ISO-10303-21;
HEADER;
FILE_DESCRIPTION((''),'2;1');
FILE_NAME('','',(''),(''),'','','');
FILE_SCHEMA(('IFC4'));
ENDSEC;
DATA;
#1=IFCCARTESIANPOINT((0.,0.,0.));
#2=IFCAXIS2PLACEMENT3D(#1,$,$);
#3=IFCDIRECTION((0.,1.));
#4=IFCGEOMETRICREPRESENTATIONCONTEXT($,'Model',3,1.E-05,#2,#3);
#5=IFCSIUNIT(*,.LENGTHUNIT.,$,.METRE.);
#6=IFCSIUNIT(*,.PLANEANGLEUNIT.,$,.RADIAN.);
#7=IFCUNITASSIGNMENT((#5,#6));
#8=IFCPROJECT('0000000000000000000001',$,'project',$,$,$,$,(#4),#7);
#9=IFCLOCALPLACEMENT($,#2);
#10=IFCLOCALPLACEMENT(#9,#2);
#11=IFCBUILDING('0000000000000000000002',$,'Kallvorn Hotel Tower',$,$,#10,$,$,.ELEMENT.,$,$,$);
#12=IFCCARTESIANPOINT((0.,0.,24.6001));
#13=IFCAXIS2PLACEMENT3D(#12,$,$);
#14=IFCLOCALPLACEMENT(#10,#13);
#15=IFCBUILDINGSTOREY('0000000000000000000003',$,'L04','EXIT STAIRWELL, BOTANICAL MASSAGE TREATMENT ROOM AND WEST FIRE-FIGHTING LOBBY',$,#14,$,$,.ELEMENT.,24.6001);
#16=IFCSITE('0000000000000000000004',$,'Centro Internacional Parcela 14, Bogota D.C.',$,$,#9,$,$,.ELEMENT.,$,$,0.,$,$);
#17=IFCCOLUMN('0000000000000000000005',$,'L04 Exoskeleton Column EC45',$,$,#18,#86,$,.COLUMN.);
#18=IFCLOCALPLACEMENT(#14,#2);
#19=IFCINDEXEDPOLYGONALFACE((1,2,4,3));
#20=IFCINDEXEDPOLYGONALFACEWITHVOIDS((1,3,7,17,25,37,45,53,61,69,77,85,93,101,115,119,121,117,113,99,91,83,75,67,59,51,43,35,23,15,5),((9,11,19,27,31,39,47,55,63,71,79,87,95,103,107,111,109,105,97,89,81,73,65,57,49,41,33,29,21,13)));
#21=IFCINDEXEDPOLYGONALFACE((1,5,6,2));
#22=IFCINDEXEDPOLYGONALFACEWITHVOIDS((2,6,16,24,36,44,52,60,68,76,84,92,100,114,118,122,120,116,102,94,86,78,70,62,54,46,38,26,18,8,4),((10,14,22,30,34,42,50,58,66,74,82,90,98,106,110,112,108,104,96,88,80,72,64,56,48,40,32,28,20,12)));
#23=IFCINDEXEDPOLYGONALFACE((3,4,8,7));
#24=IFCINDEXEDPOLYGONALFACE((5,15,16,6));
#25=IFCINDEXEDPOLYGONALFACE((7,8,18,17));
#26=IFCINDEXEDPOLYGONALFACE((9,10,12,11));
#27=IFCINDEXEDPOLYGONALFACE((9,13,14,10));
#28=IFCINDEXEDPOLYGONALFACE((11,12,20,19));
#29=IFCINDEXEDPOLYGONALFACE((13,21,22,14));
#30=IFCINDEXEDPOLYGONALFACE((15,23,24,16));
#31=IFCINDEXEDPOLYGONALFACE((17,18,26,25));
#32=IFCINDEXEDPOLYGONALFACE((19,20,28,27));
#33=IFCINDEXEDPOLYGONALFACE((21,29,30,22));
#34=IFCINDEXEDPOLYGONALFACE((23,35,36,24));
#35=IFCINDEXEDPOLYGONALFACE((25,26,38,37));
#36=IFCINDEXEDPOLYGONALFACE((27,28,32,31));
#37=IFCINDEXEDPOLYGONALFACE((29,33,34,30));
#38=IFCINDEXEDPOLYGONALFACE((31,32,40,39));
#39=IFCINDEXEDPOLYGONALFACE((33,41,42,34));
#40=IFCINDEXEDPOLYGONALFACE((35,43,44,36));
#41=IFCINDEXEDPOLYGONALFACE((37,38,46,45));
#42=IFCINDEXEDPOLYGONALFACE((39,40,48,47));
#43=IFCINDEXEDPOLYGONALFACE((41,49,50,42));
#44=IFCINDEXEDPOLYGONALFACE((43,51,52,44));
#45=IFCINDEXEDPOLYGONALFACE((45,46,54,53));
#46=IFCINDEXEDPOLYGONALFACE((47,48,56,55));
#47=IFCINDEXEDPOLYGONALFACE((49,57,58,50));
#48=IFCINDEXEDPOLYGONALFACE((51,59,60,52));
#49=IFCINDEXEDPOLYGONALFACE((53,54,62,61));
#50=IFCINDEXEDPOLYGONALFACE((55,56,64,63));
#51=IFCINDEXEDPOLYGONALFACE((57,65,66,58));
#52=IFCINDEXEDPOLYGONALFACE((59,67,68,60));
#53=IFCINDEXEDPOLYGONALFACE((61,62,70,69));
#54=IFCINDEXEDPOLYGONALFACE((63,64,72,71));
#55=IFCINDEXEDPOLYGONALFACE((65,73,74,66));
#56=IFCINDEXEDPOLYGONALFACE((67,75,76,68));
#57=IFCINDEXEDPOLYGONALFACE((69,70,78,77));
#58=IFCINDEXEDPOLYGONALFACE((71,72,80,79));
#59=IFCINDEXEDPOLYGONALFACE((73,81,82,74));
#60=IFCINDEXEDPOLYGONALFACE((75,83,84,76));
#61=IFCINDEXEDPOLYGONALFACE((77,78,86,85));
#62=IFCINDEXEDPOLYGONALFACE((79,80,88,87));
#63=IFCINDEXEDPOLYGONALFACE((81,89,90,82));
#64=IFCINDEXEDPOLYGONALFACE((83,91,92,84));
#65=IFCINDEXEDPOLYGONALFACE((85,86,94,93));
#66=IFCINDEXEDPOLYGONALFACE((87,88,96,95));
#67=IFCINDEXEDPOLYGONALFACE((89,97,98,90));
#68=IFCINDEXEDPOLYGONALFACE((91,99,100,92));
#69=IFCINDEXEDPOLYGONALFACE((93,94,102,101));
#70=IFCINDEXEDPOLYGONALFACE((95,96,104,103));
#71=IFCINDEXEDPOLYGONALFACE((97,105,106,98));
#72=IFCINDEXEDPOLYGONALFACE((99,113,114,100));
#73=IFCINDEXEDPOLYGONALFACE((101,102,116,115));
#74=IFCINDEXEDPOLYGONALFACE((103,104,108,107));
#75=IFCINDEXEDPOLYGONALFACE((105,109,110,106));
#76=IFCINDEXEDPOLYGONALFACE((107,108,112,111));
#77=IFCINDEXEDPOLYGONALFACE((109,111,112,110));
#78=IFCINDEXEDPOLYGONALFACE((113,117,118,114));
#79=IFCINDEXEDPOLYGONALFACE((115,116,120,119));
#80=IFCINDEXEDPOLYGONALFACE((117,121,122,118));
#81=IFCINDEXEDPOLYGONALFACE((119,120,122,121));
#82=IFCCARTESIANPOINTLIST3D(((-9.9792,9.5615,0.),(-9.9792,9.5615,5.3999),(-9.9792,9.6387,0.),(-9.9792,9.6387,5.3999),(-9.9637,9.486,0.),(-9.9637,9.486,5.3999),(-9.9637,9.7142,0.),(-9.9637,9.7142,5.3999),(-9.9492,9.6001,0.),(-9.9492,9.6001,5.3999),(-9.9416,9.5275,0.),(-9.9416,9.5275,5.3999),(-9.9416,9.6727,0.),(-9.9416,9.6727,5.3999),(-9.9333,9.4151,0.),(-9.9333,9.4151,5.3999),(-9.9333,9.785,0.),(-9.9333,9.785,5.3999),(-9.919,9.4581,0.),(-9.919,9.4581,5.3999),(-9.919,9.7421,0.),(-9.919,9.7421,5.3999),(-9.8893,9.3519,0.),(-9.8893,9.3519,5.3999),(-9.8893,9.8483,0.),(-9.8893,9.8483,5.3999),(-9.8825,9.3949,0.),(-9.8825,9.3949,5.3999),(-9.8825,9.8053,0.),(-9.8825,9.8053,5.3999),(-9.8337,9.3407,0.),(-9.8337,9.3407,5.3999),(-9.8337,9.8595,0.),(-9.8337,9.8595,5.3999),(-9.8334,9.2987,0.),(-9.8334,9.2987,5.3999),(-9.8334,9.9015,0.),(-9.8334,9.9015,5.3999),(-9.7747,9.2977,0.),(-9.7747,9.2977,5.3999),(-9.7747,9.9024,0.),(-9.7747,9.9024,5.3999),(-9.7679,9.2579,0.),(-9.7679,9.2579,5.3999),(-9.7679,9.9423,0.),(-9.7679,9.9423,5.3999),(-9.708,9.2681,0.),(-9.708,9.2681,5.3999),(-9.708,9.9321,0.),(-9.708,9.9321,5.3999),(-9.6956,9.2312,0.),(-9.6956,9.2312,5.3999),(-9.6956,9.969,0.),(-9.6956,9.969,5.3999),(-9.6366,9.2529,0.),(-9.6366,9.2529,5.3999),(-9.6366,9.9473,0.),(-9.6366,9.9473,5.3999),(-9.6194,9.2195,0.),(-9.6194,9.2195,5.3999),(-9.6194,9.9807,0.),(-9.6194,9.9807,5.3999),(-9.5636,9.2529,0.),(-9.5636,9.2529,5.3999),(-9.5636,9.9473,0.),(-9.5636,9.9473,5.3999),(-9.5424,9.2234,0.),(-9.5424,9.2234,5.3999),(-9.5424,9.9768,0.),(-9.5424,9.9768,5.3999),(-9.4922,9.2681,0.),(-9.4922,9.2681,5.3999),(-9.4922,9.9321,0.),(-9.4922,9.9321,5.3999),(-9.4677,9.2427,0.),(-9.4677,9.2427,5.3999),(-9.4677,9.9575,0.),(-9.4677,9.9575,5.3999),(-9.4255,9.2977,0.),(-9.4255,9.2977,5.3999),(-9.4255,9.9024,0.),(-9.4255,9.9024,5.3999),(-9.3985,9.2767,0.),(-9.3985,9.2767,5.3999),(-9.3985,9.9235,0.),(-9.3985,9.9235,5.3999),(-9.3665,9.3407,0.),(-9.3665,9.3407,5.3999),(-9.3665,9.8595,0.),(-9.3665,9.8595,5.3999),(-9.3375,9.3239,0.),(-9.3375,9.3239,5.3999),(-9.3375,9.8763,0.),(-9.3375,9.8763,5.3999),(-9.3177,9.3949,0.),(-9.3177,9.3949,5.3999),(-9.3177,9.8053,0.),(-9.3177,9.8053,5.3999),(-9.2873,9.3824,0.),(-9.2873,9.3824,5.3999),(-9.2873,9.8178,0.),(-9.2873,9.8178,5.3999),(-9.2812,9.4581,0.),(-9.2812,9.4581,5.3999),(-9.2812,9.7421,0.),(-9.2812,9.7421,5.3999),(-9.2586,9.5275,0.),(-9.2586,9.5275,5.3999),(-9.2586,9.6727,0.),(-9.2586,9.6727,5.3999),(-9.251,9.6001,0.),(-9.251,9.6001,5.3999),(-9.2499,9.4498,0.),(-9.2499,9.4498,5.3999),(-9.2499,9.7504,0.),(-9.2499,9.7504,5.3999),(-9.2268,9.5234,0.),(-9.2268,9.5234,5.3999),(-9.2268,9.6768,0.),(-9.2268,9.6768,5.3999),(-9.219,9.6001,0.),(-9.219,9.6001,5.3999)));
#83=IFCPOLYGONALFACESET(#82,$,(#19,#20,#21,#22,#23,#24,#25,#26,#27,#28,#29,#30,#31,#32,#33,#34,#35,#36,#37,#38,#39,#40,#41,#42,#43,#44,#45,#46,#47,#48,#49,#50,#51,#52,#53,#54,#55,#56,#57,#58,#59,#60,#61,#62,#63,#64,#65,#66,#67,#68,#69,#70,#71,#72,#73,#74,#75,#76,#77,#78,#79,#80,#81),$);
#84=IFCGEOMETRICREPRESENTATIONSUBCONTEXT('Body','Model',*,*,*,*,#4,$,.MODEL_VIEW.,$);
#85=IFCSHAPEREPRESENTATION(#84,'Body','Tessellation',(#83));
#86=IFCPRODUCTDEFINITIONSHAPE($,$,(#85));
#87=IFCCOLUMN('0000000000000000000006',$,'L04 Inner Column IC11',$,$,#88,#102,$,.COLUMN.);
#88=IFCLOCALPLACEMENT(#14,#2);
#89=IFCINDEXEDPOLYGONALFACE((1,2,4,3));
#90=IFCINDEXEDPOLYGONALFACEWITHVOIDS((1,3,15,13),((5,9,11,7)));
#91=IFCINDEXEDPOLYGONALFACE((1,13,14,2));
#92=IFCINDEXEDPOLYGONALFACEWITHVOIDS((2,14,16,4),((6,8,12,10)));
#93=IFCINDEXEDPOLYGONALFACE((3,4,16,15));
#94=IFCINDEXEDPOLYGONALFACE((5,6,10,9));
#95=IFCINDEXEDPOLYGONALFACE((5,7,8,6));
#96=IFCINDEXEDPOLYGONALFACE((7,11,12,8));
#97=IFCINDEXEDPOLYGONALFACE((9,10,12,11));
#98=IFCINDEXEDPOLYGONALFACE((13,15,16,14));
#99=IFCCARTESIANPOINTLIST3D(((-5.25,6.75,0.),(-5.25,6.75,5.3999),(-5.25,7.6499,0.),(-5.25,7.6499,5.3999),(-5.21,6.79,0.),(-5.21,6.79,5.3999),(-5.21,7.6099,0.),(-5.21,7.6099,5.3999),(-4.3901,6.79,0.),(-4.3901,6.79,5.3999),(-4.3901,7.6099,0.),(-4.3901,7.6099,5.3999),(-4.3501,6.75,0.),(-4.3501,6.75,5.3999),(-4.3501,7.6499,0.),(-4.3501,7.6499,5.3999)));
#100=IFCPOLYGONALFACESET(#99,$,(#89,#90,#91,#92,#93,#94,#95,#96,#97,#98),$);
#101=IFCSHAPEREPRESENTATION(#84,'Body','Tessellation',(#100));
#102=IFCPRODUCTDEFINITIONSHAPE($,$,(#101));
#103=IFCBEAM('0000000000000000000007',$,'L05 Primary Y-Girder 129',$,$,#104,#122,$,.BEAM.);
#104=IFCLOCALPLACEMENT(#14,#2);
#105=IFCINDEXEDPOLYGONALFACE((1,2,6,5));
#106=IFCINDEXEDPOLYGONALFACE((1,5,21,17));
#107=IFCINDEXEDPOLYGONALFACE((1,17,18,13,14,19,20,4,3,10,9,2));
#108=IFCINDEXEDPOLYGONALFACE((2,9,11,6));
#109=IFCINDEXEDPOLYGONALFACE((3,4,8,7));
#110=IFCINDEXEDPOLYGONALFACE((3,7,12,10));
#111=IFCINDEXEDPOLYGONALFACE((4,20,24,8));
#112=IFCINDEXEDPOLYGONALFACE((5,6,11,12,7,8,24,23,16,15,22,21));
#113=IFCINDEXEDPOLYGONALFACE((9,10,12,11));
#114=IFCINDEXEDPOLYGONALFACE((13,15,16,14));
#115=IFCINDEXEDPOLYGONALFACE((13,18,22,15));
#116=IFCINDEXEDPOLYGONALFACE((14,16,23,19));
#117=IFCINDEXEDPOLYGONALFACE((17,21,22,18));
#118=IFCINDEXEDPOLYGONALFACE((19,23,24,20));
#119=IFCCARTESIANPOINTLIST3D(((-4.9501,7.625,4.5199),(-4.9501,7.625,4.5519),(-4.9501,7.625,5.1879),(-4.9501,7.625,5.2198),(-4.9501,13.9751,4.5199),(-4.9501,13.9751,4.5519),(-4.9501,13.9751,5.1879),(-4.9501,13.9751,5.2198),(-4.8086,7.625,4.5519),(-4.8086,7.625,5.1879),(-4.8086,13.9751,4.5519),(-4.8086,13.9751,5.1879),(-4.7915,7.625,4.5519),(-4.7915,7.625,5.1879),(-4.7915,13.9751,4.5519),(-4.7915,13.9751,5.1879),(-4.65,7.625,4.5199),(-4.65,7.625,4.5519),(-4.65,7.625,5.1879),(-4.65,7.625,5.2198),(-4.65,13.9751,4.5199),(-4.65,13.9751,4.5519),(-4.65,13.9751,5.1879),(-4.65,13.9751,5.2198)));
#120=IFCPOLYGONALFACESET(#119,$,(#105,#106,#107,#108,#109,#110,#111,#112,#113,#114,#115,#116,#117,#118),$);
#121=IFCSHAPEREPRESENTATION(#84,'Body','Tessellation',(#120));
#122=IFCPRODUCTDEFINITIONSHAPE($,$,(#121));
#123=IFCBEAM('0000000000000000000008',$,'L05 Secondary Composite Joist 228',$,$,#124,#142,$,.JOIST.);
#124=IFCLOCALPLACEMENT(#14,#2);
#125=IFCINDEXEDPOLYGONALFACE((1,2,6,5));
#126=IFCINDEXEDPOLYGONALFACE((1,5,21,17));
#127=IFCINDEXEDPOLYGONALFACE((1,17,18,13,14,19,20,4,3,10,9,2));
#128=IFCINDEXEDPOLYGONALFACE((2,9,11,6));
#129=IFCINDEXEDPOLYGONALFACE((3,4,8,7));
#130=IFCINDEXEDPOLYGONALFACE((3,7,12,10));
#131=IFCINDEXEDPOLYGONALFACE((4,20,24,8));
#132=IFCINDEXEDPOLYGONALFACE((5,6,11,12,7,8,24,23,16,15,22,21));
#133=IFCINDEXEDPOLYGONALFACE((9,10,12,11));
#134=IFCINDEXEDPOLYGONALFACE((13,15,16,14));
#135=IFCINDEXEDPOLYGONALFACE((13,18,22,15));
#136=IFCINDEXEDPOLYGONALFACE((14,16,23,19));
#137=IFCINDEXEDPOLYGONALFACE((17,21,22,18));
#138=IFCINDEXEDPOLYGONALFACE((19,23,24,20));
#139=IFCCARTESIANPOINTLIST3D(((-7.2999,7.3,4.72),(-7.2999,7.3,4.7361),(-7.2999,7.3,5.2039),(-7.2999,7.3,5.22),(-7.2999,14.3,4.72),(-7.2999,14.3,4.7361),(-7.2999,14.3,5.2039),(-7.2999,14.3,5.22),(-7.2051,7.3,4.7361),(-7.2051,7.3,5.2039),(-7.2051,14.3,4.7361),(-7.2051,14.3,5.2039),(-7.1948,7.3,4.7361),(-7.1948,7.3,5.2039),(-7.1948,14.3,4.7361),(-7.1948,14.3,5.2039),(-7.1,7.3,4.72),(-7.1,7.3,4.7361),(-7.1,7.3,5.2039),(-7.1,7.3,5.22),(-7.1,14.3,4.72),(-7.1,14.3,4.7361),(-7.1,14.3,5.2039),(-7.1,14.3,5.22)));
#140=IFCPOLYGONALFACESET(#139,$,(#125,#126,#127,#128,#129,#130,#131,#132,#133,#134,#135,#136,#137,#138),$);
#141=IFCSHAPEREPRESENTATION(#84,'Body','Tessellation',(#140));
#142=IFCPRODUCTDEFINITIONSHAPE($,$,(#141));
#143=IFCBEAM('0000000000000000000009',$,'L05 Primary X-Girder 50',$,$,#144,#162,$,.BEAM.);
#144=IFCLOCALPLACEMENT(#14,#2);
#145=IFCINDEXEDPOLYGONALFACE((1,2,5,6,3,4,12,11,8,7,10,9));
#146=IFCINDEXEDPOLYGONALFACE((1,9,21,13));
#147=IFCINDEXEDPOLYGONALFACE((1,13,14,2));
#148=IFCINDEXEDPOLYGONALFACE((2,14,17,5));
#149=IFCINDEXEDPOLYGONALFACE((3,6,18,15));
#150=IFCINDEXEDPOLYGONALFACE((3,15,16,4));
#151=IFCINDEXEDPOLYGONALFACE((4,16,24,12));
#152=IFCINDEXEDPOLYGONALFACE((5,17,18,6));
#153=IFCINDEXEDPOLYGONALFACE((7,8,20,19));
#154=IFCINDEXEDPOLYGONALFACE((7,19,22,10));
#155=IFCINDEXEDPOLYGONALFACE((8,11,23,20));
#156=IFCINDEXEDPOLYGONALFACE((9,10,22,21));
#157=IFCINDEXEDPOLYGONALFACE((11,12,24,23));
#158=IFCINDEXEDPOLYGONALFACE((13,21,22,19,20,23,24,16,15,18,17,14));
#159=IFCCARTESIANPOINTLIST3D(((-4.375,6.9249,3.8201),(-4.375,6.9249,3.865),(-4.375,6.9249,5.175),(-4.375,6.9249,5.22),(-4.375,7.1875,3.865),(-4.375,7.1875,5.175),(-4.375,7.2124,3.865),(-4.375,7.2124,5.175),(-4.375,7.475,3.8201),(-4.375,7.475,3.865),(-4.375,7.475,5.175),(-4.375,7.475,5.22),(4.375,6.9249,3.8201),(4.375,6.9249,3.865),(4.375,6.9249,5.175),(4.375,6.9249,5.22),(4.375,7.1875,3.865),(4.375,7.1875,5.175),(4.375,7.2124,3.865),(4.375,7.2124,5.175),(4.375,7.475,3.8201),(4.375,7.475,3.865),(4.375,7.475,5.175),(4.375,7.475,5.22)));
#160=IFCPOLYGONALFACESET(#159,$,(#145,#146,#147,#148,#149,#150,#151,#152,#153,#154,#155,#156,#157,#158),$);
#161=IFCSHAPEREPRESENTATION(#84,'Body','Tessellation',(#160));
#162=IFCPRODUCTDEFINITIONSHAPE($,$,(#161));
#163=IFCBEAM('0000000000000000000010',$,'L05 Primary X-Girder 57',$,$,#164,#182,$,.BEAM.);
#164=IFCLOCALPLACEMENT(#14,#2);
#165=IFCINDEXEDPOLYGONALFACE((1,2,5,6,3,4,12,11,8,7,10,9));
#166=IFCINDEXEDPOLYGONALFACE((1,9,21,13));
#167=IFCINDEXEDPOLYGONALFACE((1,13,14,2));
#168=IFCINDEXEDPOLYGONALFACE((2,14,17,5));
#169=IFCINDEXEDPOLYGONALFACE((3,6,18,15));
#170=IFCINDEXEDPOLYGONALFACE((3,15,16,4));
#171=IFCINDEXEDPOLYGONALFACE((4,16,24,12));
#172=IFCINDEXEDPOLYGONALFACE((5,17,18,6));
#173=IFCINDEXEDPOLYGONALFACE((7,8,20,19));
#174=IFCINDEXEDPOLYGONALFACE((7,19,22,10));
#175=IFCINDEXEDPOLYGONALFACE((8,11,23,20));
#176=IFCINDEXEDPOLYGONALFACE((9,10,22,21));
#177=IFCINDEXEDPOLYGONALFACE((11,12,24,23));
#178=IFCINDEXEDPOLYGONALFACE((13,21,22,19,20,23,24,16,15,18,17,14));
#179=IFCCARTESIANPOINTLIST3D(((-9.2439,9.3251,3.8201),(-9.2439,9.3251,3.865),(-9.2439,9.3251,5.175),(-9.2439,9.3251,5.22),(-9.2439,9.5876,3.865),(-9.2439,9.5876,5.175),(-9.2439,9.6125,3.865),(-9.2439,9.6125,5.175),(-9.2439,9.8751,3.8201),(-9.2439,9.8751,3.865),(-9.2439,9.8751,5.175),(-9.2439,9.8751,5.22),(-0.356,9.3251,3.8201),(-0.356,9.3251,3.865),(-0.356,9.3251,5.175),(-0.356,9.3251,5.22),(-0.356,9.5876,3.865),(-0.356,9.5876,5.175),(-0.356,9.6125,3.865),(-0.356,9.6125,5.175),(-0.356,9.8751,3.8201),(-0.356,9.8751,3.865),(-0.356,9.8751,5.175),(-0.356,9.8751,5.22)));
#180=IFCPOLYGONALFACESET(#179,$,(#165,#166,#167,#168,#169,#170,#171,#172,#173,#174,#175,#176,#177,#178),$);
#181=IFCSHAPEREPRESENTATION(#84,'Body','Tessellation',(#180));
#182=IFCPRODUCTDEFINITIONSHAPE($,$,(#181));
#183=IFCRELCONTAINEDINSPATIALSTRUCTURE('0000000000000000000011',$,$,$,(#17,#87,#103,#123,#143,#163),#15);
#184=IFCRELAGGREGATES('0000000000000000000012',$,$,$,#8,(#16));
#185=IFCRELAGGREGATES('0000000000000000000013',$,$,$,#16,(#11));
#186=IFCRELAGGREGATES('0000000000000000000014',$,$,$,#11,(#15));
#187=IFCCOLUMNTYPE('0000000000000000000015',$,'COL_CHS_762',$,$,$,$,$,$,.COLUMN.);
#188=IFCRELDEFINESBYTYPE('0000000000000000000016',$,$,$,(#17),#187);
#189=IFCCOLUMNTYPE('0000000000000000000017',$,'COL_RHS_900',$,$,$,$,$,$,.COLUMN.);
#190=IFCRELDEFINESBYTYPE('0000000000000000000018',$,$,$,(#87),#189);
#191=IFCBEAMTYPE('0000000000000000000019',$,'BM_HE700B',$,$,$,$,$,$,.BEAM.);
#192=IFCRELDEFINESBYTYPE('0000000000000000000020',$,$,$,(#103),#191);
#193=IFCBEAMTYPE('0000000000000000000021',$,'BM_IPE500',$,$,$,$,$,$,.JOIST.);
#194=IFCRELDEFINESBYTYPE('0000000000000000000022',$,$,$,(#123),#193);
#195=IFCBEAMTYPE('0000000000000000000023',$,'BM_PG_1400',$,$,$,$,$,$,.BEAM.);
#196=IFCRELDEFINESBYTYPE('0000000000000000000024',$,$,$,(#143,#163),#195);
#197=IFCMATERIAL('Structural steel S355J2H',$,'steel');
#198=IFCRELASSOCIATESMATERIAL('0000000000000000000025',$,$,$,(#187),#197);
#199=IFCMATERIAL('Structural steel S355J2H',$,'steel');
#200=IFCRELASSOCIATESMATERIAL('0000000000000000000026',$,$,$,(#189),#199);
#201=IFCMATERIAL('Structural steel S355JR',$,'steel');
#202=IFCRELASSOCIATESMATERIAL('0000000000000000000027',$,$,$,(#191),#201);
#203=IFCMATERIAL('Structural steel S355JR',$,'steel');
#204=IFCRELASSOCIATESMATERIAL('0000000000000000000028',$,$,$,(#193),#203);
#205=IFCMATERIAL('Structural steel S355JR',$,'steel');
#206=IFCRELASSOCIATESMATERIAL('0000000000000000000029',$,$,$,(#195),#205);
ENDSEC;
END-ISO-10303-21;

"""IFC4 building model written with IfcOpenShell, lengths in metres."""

from ifc_helpers import new_model, si_unit, direction, frame, origin, origin_2d, place, context, subcontext, project, spatial, hollow_rectangle, hollow_circle, i_section, extrude, material, material_profile, profile_set, type_object, element, save


model = new_model("IFC4")

# Units and contexts
model_context = context("Model", 3, precision=1e-05, world=origin(), true_north=direction((0.0, 1.0)))
body_context = subcontext(model_context, "Body", "Model", "MODEL_VIEW")
ifc_project = project(units=[si_unit("LENGTHUNIT", "METRE"), si_unit("PLANEANGLEUNIT", "RADIAN")], contexts=[model_context])

# Site, building, storey
site_placement = place(None, origin())
site = spatial("IfcSite", under=ifc_project, at=site_placement, Name="Centro Internacional Parcela 14, Bogota D.C.", CompositionType="ELEMENT", RefElevation=0.0)
building_placement = place(site_placement, origin())
building = spatial("IfcBuilding", under=site, at=building_placement, Name="Kallvorn Hotel Tower", CompositionType="ELEMENT")
storey_placement = place(building_placement, frame((0.0, 0.0, 24.6001)))
storey = spatial("IfcBuildingStorey", under=building, at=storey_placement, Name="L04", Description="EXIT STAIRWELL, BOTANICAL MASSAGE TREATMENT ROOM AND WEST FIRE-FIGHTING LOBBY", CompositionType="ELEMENT", Elevation=24.6001)

# Columns
ifc_material_1 = material(Name="Structural steel S355J2H", Category="steel")
ifc_material_profile_1 = material_profile(ifc_material_1, hollow_circle(Radius=0.3811, WallThickness=0.032, at=origin_2d()), Name="CHS 762x32")
ifc_profile_set_1 = profile_set([ifc_material_profile_1], Name="Structural steel S355J2H")
column_type_1 = type_object("IfcColumnType", Name="COL_CHS_762", PredefinedType="COLUMN", material=ifc_profile_set_1)
column_1_placement = place(storey_placement, frame((-9.6001, 9.6001, 0.0), z_axis=(0.0, 0.0, 1.0), x_axis=(1.0, 0.0, 0.0)))
element("IfcColumn", 1, at=column_1_placement, inside=storey, type_object=column_type_1, Name="L04 Exoskeleton Column EC45", PredefinedType="COLUMN", context=body_context, shape_type="SweptSolid", body=[
    extrude(hollow_circle(Radius=0.3811, WallThickness=0.032, at=origin_2d()), origin(), (0.0, 0.0, 1.0), 5.3999),
])
ifc_material_2 = material(Name="Structural steel S355J2H", Category="steel")
ifc_material_profile_2 = material_profile(ifc_material_2, hollow_rectangle(XDim=0.8999, YDim=0.8999, WallThickness=0.04, at=origin_2d()), Name="RHS 900x900x40")
ifc_profile_set_2 = profile_set([ifc_material_profile_2], Name="Structural steel S355J2H")
column_type_2 = type_object("IfcColumnType", Name="COL_RHS_900", PredefinedType="COLUMN", material=ifc_profile_set_2)
column_2_placement = place(storey_placement, frame((-4.8, 7.2, 0.0), z_axis=(0.0, 0.0, 1.0), x_axis=(1.0, 0.0, 0.0)))
element("IfcColumn", 2, at=column_2_placement, inside=storey, type_object=column_type_2, Name="L04 Inner Column IC11", PredefinedType="COLUMN", context=body_context, shape_type="SweptSolid", body=[
    extrude(hollow_rectangle(XDim=0.8999, YDim=0.8999, WallThickness=0.04, at=origin_2d()), origin(), (0.0, 0.0, 1.0), 5.3999),
])

# Beams
ifc_material_3 = material(Name="Structural steel S355JR", Category="steel")
ifc_material_profile_3 = material_profile(ifc_material_3, i_section(OverallWidth=0.3, OverallDepth=0.7, WebThickness=0.0171, FlangeThickness=0.032, at=origin_2d()), Name="HE 700 B")
ifc_profile_set_3 = profile_set([ifc_material_profile_3], Name="Structural steel S355JR")
beam_type_1 = type_object("IfcBeamType", Name="BM_HE700B", PredefinedType="BEAM", material=ifc_profile_set_3)
beam_1_placement = place(storey_placement, frame((-4.8, 7.625, 4.8699), z_axis=(0.0, 1.0, 0.0), x_axis=(-1.0, 0.0, 0.0)))
element("IfcBeam", 3, at=beam_1_placement, inside=storey, type_object=beam_type_1, Name="L05 Primary Y-Girder 129", PredefinedType="BEAM", context=body_context, shape_type="SweptSolid", body=[
    extrude(i_section(OverallWidth=0.3, OverallDepth=0.7, WebThickness=0.0171, FlangeThickness=0.032, at=origin_2d()), origin(), (0.0, 0.0, 1.0), 6.3501),
])
ifc_material_4 = material(Name="Structural steel S355JR", Category="steel")
ifc_material_profile_4 = material_profile(ifc_material_4, i_section(OverallWidth=0.2, OverallDepth=0.5, WebThickness=0.0103, FlangeThickness=0.0161, at=origin_2d()), Name="IPE 500")
ifc_profile_set_4 = profile_set([ifc_material_profile_4], Name="Structural steel S355JR")
beam_type_2 = type_object("IfcBeamType", Name="BM_IPE500", PredefinedType="JOIST", material=ifc_profile_set_4)
beam_2_placement = place(storey_placement, frame((-7.2, 7.3, 4.97), z_axis=(0.0, 1.0, 0.0), x_axis=(-1.0, 0.0, 0.0)))
element("IfcBeam", 4, at=beam_2_placement, inside=storey, type_object=beam_type_2, Name="L05 Secondary Composite Joist 228", PredefinedType="JOIST", context=body_context, shape_type="SweptSolid", body=[
    extrude(i_section(OverallWidth=0.2, OverallDepth=0.5, WebThickness=0.0103, FlangeThickness=0.0161, at=origin_2d()), origin(), (0.0, 0.0, 1.0), 7.0),
])
ifc_material_5 = material(Name="Structural steel S355JR", Category="steel")
ifc_material_profile_5 = material_profile(ifc_material_5, i_section(OverallWidth=0.55, OverallDepth=1.3999, WebThickness=0.0249, FlangeThickness=0.0449, at=origin_2d()), Name="PG 1400x550x25x45")
ifc_profile_set_5 = profile_set([ifc_material_profile_5], Name="Structural steel S355JR")
beam_type_3 = type_object("IfcBeamType", Name="BM_PG_1400", PredefinedType="BEAM", material=ifc_profile_set_5)
beam_3_placement = place(storey_placement, frame((-4.375, 7.2, 4.52), z_axis=(1.0, 0.0, 0.0), x_axis=(0.0, 1.0, 0.0)))
element("IfcBeam", 5, at=beam_3_placement, inside=storey, type_object=beam_type_3, Name="L05 Primary X-Girder 50", PredefinedType="BEAM", context=body_context, shape_type="SweptSolid", body=[
    extrude(i_section(OverallWidth=0.55, OverallDepth=1.3999, WebThickness=0.0249, FlangeThickness=0.0449, at=origin_2d()), origin(), (0.0, 0.0, 1.0), 8.75),
])
beam_4_placement = place(storey_placement, frame((-9.2439, 9.6001, 4.52), z_axis=(1.0, 0.0, 0.0), x_axis=(0.0, 1.0, 0.0)))
element("IfcBeam", 6, at=beam_4_placement, inside=storey, type_object=beam_type_3, Name="L05 Primary X-Girder 57", PredefinedType="BEAM", context=body_context, shape_type="SweptSolid", body=[
    extrude(i_section(OverallWidth=0.55, OverallDepth=1.3999, WebThickness=0.0249, FlangeThickness=0.0449, at=origin_2d()), origin(), (0.0, 0.0, 1.0), 8.8879),
])

save(model, "model.ifc")
